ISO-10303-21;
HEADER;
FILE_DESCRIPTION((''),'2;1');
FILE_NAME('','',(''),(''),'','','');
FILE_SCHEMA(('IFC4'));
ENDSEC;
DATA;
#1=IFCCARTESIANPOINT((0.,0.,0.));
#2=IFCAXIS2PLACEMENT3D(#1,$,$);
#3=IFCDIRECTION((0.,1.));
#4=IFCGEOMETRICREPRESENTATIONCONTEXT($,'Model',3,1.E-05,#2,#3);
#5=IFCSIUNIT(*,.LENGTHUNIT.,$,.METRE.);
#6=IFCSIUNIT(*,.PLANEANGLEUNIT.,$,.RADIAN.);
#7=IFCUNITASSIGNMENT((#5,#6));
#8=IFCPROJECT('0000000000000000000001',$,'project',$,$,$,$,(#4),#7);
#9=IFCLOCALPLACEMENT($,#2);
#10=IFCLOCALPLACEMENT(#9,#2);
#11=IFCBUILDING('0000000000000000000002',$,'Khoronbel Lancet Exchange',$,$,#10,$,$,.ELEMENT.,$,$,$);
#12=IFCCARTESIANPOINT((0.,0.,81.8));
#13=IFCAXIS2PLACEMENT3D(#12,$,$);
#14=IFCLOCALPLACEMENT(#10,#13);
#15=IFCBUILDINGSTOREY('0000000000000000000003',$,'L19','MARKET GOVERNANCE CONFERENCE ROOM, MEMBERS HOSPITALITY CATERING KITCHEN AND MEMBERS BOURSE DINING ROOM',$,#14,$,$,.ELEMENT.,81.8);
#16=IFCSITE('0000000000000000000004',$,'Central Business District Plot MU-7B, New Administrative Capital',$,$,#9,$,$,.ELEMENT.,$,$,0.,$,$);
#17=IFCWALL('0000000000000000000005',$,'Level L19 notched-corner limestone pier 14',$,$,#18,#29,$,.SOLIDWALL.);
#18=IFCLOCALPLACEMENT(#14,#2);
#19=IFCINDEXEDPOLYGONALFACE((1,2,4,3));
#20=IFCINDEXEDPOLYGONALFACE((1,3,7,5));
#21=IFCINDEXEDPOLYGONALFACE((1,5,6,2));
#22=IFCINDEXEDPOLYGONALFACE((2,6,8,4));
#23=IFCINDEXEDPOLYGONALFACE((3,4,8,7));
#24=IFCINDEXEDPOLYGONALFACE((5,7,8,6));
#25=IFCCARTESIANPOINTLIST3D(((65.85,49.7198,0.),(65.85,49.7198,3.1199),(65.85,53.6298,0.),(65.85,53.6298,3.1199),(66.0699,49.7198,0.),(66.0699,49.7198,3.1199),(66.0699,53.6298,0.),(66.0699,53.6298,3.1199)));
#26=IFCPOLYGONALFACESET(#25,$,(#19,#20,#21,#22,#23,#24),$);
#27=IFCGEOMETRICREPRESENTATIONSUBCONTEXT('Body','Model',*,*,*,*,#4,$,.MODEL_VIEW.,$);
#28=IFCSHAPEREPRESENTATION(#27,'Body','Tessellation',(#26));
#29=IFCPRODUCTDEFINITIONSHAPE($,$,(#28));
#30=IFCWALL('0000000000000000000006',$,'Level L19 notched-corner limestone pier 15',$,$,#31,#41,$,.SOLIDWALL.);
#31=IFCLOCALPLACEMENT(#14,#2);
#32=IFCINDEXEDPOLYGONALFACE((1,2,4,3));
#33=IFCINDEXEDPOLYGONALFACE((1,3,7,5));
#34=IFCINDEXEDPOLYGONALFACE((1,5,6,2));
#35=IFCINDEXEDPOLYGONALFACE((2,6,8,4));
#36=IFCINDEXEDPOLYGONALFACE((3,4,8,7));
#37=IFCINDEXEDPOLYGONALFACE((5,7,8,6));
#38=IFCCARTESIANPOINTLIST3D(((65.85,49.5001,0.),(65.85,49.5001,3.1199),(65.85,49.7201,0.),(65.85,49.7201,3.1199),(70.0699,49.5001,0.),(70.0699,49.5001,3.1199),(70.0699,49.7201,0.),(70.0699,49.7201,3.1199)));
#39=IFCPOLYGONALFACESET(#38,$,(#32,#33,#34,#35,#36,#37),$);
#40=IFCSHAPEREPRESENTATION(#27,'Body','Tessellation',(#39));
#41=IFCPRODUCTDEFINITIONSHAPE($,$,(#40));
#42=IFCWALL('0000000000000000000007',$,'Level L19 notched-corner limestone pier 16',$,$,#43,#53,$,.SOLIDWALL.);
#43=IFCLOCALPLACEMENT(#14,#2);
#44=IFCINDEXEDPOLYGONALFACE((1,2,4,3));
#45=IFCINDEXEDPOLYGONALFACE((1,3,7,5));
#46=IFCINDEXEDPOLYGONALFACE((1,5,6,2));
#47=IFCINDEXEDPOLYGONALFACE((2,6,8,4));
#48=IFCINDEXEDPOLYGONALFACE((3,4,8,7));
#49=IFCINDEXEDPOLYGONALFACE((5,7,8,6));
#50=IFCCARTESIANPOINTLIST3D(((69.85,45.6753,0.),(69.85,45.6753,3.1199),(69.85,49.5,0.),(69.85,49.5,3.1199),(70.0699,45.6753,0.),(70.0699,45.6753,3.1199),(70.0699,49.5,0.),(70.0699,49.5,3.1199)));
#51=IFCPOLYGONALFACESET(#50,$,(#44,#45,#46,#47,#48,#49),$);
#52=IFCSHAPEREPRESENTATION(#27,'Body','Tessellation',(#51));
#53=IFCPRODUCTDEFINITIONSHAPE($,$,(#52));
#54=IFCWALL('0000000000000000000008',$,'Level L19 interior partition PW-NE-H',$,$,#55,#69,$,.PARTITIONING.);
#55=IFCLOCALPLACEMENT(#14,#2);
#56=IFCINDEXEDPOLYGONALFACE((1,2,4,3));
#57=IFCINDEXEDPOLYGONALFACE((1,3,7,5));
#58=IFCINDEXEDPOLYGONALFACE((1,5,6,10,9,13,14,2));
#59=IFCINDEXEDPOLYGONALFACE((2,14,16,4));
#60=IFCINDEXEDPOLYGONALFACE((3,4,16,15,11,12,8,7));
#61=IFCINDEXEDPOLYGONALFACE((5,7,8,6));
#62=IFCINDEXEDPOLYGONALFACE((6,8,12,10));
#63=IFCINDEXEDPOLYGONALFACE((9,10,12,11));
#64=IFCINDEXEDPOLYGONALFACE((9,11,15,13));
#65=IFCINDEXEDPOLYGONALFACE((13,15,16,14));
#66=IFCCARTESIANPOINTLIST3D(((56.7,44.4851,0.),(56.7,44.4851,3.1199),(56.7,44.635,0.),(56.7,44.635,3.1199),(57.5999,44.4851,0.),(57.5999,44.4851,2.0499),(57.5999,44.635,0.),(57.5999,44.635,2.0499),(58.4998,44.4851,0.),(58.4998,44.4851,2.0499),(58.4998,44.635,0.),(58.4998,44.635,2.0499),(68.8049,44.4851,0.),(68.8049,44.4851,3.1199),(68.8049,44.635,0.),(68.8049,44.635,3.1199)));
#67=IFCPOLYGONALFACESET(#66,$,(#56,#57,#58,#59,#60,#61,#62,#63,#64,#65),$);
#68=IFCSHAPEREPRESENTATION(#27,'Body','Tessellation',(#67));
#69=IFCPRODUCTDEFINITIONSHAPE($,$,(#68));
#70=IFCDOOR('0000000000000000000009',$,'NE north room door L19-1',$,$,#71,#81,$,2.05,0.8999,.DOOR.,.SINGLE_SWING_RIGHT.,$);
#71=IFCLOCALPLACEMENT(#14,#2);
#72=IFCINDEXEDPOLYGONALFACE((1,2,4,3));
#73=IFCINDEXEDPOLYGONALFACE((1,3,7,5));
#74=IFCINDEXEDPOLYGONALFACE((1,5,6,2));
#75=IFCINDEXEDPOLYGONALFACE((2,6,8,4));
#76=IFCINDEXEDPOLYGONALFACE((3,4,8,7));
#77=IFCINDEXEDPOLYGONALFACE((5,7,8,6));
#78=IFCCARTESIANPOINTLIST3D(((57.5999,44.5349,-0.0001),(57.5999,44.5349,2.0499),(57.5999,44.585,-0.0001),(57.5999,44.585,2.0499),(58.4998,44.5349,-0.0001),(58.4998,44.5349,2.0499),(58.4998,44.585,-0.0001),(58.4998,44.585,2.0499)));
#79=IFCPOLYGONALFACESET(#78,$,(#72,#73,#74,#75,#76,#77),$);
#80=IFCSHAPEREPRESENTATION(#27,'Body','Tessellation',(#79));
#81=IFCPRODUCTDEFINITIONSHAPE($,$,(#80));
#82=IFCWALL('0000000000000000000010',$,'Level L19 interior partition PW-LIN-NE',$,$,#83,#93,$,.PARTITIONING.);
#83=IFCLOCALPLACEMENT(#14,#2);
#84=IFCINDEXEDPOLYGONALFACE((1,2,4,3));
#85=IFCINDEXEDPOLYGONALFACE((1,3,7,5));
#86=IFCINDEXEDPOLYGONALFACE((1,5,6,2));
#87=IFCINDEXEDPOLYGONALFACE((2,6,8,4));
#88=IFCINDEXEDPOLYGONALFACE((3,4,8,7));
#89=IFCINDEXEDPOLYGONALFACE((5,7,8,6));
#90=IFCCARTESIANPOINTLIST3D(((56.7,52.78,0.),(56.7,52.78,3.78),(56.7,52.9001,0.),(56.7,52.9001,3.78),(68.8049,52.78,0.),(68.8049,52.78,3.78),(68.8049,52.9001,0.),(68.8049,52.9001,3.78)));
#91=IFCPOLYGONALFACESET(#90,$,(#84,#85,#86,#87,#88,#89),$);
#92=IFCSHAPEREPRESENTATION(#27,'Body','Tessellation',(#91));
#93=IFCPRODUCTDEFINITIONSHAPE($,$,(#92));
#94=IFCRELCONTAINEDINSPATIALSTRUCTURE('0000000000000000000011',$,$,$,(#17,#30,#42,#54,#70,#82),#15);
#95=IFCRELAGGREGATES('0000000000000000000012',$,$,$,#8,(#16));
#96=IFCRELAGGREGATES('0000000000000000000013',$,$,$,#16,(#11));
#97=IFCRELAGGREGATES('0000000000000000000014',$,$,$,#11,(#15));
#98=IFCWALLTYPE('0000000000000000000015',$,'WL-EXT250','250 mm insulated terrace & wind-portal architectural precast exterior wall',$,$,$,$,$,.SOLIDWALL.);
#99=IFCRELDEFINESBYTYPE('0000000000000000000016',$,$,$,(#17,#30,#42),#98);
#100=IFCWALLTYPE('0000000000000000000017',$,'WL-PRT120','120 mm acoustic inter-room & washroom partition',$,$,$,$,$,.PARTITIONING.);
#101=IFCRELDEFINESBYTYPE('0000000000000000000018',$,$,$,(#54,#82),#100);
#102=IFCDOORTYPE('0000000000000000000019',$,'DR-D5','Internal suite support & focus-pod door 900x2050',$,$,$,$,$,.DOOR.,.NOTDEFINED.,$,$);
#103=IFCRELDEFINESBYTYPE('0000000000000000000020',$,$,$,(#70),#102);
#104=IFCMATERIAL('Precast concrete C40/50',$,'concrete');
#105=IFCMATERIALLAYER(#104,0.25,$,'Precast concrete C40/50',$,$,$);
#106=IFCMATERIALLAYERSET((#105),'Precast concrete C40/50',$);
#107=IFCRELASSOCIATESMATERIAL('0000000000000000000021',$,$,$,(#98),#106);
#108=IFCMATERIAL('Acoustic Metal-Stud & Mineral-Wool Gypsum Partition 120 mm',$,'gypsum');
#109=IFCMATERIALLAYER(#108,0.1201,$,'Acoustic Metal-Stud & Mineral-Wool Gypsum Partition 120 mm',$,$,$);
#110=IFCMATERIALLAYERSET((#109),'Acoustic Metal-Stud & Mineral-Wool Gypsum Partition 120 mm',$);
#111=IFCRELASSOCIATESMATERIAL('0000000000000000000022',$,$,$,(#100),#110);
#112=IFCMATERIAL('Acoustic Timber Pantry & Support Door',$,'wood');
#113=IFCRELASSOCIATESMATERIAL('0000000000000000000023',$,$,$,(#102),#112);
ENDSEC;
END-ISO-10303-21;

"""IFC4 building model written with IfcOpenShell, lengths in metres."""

from ifc_helpers import new_model, si_unit, direction, frame, frame_2d, origin, place, context, subcontext, project, spatial, rectangle, extrude, material, layer, layer_set, type_object, element, fill, save


model = new_model("IFC4")

# Units and contexts
model_context = context("Model", 3, precision=1e-05, world=origin(), true_north=direction((0.0, 1.0)))
body_context = subcontext(model_context, "Body", "Model", "MODEL_VIEW")
ifc_project = project(units=[si_unit("LENGTHUNIT", "METRE"), si_unit("PLANEANGLEUNIT", "RADIAN")], contexts=[model_context])

# Site, building, storey
site_placement = place(None, origin())
site = spatial("IfcSite", under=ifc_project, at=site_placement, Name="Central Business District Plot MU-7B, New Administrative Capital", CompositionType="ELEMENT", RefElevation=0.0)
building_placement = place(site_placement, origin())
building = spatial("IfcBuilding", under=site, at=building_placement, Name="Khoronbel Lancet Exchange", CompositionType="ELEMENT")
storey_placement = place(building_placement, frame((0.0, 0.0, 81.8)))
storey = spatial("IfcBuildingStorey", under=building, at=storey_placement, Name="L19", Description="MARKET GOVERNANCE CONFERENCE ROOM, MEMBERS HOSPITALITY CATERING KITCHEN AND MEMBERS BOURSE DINING ROOM", CompositionType="ELEMENT", Elevation=81.8)

# Walls
ifc_material_1 = material(Name="Precast concrete C40/50", Category="concrete")
ifc_layer_1 = layer(ifc_material_1, 0.25, Name="Precast concrete C40/50")
ifc_layer_set_1 = layer_set([ifc_layer_1], Name="Precast concrete C40/50")
wall_type_1 = type_object("IfcWallType", Name="WL-EXT250", Description="250 mm insulated terrace & wind-portal architectural precast exterior wall", PredefinedType="SOLIDWALL", material=ifc_layer_set_1)
wall_1_placement = place(storey_placement, frame((65.96, 53.6299, 0.0), z_axis=(0.0, 0.0, 1.0), x_axis=(0.0, -1.0, 0.0)))
element("IfcWall", 1, at=wall_1_placement, inside=storey, type_object=wall_type_1, Name="Level L19 notched-corner limestone pier 14", PredefinedType="SOLIDWALL", context=body_context, shape_type="SweptSolid", body=[
    extrude(rectangle(XDim=3.9099, YDim=0.22, at=frame_2d((1.9551, 0.0))), origin(), (0.0, 0.0, 1.0), 3.1199),
])
wall_2_placement = place(storey_placement, frame((65.8501, 49.6101, 0.0), z_axis=(0.0, 0.0, 1.0), x_axis=(1.0, 0.0, 0.0)))
element("IfcWall", 2, at=wall_2_placement, inside=storey, type_object=wall_type_1, Name="Level L19 notched-corner limestone pier 15", PredefinedType="SOLIDWALL", context=body_context, shape_type="SweptSolid", body=[
    extrude(rectangle(XDim=4.22, YDim=0.22, at=frame_2d((2.1099, 0.0))), origin(), (0.0, 0.0, 1.0), 3.1199),
])
wall_3_placement = place(storey_placement, frame((69.96, 49.5, 0.0), z_axis=(0.0, 0.0, 1.0), x_axis=(0.0, -1.0, 0.0)))
element("IfcWall", 3, at=wall_3_placement, inside=storey, type_object=wall_type_1, Name="Level L19 notched-corner limestone pier 16", PredefinedType="SOLIDWALL", context=body_context, shape_type="SweptSolid", body=[
    extrude(rectangle(XDim=3.8247, YDim=0.22, at=frame_2d((1.9124, 0.0))), origin(), (0.0, 0.0, 1.0), 3.1199),
])

# Wall, opening, door
ifc_material_2 = material(Name="Acoustic Metal-Stud & Mineral-Wool Gypsum Partition 120 mm", Category="gypsum")
ifc_layer_2 = layer(ifc_material_2, 0.1201, Name="Acoustic Metal-Stud & Mineral-Wool Gypsum Partition 120 mm")
ifc_layer_set_2 = layer_set([ifc_layer_2], Name="Acoustic Metal-Stud & Mineral-Wool Gypsum Partition 120 mm")
wall_type_2 = type_object("IfcWallType", Name="WL-PRT120", Description="120 mm acoustic inter-room & washroom partition", PredefinedType="PARTITIONING", material=ifc_layer_set_2)
wall_4_placement = place(storey_placement, frame((56.7, 44.5601, 0.0), z_axis=(0.0, 0.0, 1.0), x_axis=(1.0, 0.0, 0.0)))
wall_4 = element("IfcWall", 4, at=wall_4_placement, inside=storey, type_object=wall_type_2, Name="Level L19 interior partition PW-NE-H", PredefinedType="PARTITIONING", context=body_context, shape_type="SweptSolid", body=[
    extrude(rectangle(XDim=12.105, YDim=0.1499, at=frame_2d((6.0525, 0.0))), origin(), (0.0, 0.0, 1.0), 3.1199),
])
opening_placement = place(wall_4_placement, frame((0.8999, 0.0, 0.0)))
opening = element("IfcOpeningElement", 5, at=opening_placement, cuts=wall_4, PredefinedType="OPENING", context=body_context, shape_type="SweptSolid", body=[
    extrude(rectangle(XDim=0.8999, YDim=2.05, at=frame_2d((0.45, 1.0249))), frame((0.0, 0.085, 0.0), z_axis=(0.0, -1.0, 0.0), x_axis=(1.0, 0.0, 0.0)), (0.0, 0.0, 1.0), 0.1699),
])
ifc_material_3 = material(Name="Acoustic Timber Pantry & Support Door", Category="wood")
door_type = type_object("IfcDoorType", Name="DR-D5", Description="Internal suite support & focus-pod door 900x2050", OperationType="NOTDEFINED", PredefinedType="DOOR", material=ifc_material_3)
door_placement = place(opening_placement, origin())
door = element("IfcDoor", 6, at=door_placement, inside=storey, type_object=door_type, Name="NE north room door L19-1", OperationType="SINGLE_SWING_RIGHT", OverallHeight=2.05, OverallWidth=0.8999, PredefinedType="DOOR", context=body_context, shape_type="SweptSolid", body=[
    extrude(rectangle(XDim=0.8999, YDim=2.05, at=frame_2d((0.45, 1.0249))), frame((0.0, 0.0249, 0.0), z_axis=(0.0, -1.0, 0.0), x_axis=(1.0, 0.0, 0.0)), (0.0, 0.0, 1.0), 0.05),
])
fill(opening, door)

# Wall
wall_5_placement = place(storey_placement, frame((56.7, 52.8401, 0.0), z_axis=(0.0, 0.0, 1.0), x_axis=(1.0, 0.0, 0.0)))
element("IfcWall", 7, at=wall_5_placement, inside=storey, type_object=wall_type_2, Name="Level L19 interior partition PW-LIN-NE", PredefinedType="PARTITIONING", context=body_context, shape_type="SweptSolid", body=[
    extrude(rectangle(XDim=12.105, YDim=0.1201, at=frame_2d((6.0525, 0.0))), origin(), (0.0, 0.0, 1.0), 3.78),
])

save(model, "model.ifc")
